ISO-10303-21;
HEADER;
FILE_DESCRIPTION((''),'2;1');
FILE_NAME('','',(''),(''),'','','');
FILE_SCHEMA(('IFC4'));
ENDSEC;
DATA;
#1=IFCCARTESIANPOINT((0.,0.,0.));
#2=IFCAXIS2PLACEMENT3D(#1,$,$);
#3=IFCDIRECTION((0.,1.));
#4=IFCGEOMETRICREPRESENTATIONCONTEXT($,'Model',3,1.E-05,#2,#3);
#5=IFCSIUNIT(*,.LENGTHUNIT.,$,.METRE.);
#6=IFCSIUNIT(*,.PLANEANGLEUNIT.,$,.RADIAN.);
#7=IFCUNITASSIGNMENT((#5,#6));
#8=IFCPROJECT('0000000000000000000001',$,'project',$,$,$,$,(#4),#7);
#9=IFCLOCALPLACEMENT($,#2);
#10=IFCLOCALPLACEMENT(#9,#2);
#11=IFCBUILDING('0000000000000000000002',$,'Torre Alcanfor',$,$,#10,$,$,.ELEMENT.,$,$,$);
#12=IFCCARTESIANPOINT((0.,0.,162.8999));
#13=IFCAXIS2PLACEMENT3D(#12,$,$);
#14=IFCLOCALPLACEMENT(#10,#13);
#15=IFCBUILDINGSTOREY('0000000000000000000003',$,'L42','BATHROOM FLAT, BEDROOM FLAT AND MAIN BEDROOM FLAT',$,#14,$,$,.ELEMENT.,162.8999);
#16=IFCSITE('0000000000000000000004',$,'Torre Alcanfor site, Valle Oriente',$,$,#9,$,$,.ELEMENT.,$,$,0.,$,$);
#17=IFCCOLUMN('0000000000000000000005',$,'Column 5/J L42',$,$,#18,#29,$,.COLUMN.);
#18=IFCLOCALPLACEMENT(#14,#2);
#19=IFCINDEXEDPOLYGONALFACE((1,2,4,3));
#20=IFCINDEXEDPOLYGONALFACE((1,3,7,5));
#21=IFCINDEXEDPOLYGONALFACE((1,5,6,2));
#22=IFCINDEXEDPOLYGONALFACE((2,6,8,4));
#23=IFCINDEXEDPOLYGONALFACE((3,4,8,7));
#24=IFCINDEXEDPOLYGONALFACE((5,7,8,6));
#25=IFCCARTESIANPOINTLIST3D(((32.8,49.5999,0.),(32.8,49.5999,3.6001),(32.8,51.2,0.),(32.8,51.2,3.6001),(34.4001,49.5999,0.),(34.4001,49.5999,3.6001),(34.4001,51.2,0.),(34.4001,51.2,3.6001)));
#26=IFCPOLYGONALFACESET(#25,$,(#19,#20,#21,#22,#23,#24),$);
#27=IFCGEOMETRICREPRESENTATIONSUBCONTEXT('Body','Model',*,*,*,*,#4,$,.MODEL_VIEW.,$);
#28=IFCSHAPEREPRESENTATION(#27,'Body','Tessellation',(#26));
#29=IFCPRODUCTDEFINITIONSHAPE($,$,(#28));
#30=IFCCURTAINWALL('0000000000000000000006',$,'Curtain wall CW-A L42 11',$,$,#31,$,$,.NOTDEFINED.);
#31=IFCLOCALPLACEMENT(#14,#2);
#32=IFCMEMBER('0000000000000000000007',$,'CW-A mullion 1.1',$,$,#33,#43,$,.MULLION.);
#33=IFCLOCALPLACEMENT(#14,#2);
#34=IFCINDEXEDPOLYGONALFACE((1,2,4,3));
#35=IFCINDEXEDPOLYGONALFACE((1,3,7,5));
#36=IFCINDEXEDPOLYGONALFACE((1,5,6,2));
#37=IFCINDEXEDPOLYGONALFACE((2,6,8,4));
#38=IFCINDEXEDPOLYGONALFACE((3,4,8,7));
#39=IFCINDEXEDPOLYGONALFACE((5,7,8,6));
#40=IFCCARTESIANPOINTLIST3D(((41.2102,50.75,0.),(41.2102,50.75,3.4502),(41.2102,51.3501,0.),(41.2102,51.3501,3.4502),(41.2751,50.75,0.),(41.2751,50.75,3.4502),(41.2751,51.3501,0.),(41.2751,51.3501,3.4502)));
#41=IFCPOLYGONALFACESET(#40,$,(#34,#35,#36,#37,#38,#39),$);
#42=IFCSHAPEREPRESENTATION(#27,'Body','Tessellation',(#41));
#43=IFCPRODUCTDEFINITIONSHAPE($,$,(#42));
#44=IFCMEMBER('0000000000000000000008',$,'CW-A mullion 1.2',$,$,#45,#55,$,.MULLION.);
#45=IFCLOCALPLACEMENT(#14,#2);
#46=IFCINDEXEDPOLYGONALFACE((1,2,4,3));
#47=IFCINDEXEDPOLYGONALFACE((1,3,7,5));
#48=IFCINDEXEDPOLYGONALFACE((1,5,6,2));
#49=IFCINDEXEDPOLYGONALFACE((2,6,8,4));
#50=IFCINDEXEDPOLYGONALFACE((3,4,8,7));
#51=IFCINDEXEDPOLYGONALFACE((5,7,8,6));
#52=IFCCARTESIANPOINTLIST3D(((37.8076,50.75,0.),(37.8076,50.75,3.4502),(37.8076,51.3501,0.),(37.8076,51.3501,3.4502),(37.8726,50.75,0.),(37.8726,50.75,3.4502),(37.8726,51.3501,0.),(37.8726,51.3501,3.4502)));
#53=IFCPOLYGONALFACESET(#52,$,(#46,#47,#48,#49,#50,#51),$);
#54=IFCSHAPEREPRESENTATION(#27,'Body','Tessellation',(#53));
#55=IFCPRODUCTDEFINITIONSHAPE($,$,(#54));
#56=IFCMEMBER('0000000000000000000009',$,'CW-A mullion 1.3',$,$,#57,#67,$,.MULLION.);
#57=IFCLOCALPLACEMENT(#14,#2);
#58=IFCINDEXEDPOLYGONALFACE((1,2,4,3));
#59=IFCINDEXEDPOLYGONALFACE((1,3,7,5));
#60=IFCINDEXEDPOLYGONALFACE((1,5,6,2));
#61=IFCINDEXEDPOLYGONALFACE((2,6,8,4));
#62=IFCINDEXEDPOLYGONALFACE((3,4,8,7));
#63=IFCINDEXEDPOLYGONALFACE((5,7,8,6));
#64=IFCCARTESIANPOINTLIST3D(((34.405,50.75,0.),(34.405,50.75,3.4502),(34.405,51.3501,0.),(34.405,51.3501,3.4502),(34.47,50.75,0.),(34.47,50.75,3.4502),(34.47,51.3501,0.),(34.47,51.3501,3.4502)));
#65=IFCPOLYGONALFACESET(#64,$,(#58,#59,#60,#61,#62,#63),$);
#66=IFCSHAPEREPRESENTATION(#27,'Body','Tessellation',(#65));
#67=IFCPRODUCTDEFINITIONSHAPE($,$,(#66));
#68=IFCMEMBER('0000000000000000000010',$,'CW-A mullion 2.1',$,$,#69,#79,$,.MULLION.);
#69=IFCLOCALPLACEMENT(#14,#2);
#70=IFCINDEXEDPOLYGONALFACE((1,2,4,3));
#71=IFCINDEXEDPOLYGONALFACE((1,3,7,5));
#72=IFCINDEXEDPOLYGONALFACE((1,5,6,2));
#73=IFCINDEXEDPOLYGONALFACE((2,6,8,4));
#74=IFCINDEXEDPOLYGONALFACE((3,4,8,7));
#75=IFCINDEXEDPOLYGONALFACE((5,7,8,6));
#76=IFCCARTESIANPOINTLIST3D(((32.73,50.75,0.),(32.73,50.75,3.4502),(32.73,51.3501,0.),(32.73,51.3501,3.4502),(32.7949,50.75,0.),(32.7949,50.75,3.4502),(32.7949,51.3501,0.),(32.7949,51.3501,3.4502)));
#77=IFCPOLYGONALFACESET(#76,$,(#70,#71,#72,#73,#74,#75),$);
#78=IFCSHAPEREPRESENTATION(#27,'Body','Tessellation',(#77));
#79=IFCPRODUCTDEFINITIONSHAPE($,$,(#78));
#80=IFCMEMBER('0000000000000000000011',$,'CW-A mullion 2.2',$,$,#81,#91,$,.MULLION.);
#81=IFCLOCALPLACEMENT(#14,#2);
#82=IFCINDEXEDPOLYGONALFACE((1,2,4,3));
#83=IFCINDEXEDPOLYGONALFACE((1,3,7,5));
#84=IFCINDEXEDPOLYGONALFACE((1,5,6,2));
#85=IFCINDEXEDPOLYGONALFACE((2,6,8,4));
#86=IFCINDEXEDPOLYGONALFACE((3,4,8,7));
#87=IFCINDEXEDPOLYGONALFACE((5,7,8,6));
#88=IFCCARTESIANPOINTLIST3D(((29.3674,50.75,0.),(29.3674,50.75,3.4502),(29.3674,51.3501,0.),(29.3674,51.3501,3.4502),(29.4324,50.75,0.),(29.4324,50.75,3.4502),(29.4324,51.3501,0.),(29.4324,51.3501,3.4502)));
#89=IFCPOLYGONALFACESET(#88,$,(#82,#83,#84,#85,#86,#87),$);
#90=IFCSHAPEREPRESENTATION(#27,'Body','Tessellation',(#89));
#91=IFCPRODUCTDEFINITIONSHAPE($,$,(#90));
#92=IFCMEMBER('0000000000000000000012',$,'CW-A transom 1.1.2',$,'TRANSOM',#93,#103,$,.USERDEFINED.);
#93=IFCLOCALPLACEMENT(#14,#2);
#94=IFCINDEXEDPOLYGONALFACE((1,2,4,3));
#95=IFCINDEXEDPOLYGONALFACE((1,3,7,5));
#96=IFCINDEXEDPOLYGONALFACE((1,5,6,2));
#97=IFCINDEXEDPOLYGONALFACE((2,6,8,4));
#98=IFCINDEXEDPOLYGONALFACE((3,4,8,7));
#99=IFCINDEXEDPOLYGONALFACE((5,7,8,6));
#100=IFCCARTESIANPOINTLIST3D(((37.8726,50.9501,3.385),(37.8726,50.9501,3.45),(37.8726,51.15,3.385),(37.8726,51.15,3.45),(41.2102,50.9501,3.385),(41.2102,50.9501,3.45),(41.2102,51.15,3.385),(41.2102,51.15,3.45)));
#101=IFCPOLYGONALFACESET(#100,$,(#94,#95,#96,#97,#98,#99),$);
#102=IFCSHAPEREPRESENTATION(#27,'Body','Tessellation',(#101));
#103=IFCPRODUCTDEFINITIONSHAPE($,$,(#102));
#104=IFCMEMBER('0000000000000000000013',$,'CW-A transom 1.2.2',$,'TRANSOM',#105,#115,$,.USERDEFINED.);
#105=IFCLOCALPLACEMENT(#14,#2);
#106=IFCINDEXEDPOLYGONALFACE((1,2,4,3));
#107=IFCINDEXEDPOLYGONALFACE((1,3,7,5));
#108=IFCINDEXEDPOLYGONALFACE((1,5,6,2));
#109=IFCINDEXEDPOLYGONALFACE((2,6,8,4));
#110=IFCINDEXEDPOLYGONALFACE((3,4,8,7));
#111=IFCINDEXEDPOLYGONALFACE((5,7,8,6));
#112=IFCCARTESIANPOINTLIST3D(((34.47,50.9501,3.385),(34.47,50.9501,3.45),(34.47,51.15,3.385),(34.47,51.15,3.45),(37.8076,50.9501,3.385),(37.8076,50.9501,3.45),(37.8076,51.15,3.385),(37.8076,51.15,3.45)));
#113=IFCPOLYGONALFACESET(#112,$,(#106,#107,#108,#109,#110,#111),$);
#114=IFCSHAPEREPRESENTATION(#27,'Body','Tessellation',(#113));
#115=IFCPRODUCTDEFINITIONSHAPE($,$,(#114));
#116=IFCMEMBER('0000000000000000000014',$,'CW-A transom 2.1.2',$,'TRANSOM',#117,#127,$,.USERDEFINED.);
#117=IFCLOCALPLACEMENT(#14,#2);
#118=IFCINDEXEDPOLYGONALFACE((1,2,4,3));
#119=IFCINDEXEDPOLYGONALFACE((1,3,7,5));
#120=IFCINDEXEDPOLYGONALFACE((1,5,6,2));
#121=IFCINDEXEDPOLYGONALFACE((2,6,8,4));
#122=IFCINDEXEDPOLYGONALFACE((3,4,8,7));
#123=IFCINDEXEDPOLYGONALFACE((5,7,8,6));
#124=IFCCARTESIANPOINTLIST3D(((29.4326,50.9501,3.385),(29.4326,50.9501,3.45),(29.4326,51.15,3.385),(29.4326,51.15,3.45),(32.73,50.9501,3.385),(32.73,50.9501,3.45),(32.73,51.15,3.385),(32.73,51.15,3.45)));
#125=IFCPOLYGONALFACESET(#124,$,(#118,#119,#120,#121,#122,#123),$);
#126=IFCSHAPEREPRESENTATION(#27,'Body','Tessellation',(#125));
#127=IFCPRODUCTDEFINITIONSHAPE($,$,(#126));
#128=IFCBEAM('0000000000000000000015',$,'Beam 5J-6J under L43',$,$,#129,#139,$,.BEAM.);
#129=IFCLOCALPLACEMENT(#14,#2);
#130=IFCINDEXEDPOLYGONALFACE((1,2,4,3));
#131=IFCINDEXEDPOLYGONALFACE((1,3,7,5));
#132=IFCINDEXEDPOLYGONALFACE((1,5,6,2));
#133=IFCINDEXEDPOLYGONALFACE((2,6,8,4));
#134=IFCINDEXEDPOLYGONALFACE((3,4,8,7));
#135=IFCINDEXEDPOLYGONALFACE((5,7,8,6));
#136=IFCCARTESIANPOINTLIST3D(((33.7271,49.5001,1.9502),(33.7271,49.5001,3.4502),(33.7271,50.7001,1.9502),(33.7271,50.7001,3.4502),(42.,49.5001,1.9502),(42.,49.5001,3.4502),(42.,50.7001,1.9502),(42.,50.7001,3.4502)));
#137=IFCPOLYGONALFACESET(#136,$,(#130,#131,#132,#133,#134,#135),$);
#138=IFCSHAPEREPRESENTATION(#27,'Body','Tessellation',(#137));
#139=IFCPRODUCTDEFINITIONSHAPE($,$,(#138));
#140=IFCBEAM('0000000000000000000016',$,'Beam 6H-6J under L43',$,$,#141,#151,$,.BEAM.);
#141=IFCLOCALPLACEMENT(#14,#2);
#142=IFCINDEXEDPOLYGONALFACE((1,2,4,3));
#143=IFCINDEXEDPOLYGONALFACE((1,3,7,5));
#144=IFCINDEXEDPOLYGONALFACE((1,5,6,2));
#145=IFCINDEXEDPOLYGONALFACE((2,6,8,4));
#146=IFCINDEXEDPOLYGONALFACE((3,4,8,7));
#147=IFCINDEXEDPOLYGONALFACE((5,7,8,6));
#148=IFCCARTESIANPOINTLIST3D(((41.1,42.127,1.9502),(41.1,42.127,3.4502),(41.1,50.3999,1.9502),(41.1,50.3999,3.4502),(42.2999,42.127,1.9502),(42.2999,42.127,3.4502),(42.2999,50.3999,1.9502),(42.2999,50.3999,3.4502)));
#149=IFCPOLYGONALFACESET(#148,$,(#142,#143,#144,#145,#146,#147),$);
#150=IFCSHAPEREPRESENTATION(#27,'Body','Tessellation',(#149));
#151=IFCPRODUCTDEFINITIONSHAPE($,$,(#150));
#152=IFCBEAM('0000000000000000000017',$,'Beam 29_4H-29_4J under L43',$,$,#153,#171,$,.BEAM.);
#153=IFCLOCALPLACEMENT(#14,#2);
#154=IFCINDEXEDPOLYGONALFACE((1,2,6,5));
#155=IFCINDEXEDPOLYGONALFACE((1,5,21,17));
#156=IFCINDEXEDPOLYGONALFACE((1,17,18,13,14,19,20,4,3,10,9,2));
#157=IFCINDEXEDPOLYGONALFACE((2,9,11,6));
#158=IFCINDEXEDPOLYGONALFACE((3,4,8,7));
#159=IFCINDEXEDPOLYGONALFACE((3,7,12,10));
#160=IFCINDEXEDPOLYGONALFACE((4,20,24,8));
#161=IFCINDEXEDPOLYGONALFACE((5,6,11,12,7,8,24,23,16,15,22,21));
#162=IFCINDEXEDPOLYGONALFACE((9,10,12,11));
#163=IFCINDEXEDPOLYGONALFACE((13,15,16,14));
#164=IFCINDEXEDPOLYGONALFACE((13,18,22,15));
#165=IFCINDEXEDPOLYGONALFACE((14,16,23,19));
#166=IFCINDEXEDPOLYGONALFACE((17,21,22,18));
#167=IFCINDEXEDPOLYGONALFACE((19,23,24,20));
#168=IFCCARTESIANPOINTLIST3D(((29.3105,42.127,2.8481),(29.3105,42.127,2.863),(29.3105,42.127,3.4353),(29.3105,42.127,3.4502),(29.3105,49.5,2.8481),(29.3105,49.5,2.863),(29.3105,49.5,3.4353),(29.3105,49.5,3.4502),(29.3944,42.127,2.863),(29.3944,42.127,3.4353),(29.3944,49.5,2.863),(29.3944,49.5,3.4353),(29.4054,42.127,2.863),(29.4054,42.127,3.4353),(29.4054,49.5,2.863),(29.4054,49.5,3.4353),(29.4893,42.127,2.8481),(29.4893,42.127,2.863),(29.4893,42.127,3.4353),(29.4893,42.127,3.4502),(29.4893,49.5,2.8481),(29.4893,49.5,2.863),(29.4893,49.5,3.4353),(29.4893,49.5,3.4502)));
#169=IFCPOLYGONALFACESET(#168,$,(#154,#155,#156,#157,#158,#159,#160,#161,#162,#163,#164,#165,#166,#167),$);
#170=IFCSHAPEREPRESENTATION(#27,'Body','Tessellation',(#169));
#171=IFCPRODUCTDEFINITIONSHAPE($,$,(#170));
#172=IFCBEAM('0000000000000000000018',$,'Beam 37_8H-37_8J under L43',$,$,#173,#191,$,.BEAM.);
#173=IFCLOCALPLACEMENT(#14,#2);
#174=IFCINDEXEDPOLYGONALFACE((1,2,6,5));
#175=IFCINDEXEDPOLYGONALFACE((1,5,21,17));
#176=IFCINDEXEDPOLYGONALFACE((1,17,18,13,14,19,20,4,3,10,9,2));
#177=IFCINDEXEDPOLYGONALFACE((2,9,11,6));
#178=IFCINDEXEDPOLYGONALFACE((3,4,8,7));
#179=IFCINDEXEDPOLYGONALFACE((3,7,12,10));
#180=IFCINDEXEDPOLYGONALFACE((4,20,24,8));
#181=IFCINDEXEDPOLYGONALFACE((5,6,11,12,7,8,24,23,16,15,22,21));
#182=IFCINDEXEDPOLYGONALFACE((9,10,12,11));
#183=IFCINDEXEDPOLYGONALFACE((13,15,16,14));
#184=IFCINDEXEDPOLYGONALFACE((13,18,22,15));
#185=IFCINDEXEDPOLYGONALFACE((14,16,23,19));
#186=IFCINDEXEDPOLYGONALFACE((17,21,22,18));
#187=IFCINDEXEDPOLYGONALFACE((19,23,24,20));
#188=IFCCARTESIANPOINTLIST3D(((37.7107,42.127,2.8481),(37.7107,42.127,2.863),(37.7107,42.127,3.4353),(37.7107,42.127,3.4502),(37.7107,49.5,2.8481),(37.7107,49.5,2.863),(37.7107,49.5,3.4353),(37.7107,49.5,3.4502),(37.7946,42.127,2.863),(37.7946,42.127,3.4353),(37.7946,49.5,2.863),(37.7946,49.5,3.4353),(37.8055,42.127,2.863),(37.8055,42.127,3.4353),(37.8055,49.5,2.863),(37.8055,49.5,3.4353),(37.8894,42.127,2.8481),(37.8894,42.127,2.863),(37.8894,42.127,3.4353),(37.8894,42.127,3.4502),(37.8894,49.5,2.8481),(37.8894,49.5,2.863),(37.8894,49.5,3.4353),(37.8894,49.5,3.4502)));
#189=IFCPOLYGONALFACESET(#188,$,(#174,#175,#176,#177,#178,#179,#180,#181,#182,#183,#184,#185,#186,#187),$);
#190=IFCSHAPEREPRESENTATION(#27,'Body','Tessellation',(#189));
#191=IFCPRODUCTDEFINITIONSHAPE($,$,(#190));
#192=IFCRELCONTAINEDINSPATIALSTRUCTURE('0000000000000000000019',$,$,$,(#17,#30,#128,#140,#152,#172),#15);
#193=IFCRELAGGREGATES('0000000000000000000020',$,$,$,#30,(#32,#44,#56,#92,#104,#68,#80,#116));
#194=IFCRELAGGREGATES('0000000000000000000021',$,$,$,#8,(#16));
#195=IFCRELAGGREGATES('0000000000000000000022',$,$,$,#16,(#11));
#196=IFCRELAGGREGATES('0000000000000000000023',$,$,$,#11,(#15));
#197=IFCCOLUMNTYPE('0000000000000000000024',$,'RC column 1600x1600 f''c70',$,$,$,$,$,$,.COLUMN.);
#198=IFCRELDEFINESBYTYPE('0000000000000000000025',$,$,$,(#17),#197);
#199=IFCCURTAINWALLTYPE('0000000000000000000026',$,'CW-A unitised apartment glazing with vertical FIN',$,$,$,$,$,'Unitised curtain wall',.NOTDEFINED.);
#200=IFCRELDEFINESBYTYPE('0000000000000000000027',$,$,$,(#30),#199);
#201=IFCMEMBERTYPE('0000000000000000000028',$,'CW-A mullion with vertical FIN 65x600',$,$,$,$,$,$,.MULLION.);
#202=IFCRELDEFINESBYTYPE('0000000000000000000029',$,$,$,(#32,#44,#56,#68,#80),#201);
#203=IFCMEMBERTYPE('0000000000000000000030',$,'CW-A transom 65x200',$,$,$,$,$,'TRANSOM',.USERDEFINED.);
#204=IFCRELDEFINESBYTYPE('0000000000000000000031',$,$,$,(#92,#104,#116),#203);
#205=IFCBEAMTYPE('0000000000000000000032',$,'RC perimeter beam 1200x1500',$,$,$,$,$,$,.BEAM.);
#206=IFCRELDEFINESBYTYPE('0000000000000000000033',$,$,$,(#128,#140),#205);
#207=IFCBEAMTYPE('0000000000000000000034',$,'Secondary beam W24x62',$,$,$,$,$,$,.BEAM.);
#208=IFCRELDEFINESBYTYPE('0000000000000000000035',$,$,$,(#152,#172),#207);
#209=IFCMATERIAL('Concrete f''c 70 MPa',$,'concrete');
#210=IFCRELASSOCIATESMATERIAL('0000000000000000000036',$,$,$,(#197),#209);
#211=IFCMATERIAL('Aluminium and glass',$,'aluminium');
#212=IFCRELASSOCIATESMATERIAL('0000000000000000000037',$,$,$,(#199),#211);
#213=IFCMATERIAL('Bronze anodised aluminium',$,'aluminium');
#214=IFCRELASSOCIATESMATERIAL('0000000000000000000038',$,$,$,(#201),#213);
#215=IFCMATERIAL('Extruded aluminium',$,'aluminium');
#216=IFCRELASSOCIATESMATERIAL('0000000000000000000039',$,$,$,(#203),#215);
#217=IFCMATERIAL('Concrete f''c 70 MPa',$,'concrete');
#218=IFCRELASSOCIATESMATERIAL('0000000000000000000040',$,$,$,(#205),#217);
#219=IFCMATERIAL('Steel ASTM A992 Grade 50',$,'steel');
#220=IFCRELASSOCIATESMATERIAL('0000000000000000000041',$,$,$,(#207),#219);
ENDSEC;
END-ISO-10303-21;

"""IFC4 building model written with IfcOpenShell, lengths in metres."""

from ifc_helpers import new_model, si_unit, direction, frame, origin, origin_2d, place, context, subcontext, project, spatial, rectangle, i_section, extrude, material, material_profile, profile_set, type_object, element, aggregate, save


model = new_model("IFC4")

# Units and contexts
model_context = context("Model", 3, precision=1e-05, world=origin(), true_north=direction((0.0, 1.0)))
body_context = subcontext(model_context, "Body", "Model", "MODEL_VIEW")
ifc_project = project(units=[si_unit("LENGTHUNIT", "METRE"), si_unit("PLANEANGLEUNIT", "RADIAN")], contexts=[model_context])

# Site, building, storey
site_placement = place(None, origin())
site = spatial("IfcSite", under=ifc_project, at=site_placement, Name="Torre Alcanfor site, Valle Oriente", CompositionType="ELEMENT", RefElevation=0.0)
building_placement = place(site_placement, origin())
building = spatial("IfcBuilding", under=site, at=building_placement, Name="Torre Alcanfor", CompositionType="ELEMENT")
storey_placement = place(building_placement, frame((0.0, 0.0, 162.8999)))
storey = spatial("IfcBuildingStorey", under=building, at=storey_placement, Name="L42", Description="BATHROOM FLAT, BEDROOM FLAT AND MAIN BEDROOM FLAT", CompositionType="ELEMENT", Elevation=162.8999)

# Column
ifc_material_1 = material(Name="Concrete f'c 70 MPa", Category="concrete")
ifc_material_profile_1 = material_profile(ifc_material_1, rectangle(XDim=1.6001, YDim=1.6001, at=origin_2d()), Name="1600x1600")
ifc_profile_set_1 = profile_set([ifc_material_profile_1], Name="Concrete f'c 70 MPa")
column_type = type_object("IfcColumnType", Name="RC column 1600x1600 f'c70", PredefinedType="COLUMN", material=ifc_profile_set_1)
column_placement = place(storey_placement, frame((33.6001, 50.3999, 0.0), z_axis=(0.0, 0.0, 1.0), x_axis=(1.0, 0.0, 0.0)))
element("IfcColumn", 1, at=column_placement, inside=storey, type_object=column_type, Name="Column 5/J L42", PredefinedType="COLUMN", context=body_context, shape_type="SweptSolid", body=[
    extrude(rectangle(XDim=1.6001, YDim=1.6001, at=origin_2d()), origin(), (0.0, 0.0, 1.0), 3.6001),
])

# Curtain wall, members
ifc_material_2 = material(Name="Aluminium and glass", Category="aluminium")
curtain_wall_type = type_object("IfcCurtainWallType", Name="CW-A unitised apartment glazing with vertical FIN", ElementType="Unitised curtain wall", PredefinedType="NOTDEFINED", material=ifc_material_2)
curtain_wall_placement = place(storey_placement, origin())
curtain_wall = element("IfcCurtainWall", 2, at=curtain_wall_placement, inside=storey, type_object=curtain_wall_type, Name="Curtain wall CW-A L42 11", PredefinedType="NOTDEFINED")
ifc_material_3 = material(Name="Bronze anodised aluminium", Category="aluminium")
ifc_material_profile_2 = material_profile(ifc_material_3, rectangle(XDim=0.6001, YDim=0.0649, at=origin_2d()), Name="CW-A mullion 65x600")
ifc_profile_set_2 = profile_set([ifc_material_profile_2], Name="Bronze anodised aluminium")
member_type_1 = type_object("IfcMemberType", Name="CW-A mullion with vertical FIN 65x600", PredefinedType="MULLION", material=ifc_profile_set_2)
member_1_placement = place(storey_placement, frame((41.2427, 51.05, 0.0), z_axis=(0.0, 0.0, 1.0), x_axis=(0.0, -1.0, 0.0)))
member_1 = element("IfcMember", 3, at=member_1_placement, type_object=member_type_1, Name="CW-A mullion 1.1", PredefinedType="MULLION", context=body_context, shape_type="SweptSolid", body=[
    extrude(rectangle(XDim=0.6001, YDim=0.0649, at=origin_2d()), origin(), (0.0, 0.0, 1.0), 3.4502),
])
member_2_placement = place(storey_placement, frame((37.8401, 51.05, 0.0), z_axis=(0.0, 0.0, 1.0), x_axis=(0.0, -1.0, 0.0)))
member_2 = element("IfcMember", 4, at=member_2_placement, type_object=member_type_1, Name="CW-A mullion 1.2", PredefinedType="MULLION", context=body_context, shape_type="SweptSolid", body=[
    extrude(rectangle(XDim=0.6001, YDim=0.0649, at=origin_2d()), origin(), (0.0, 0.0, 1.0), 3.4502),
])
member_3_placement = place(storey_placement, frame((34.4375, 51.05, 0.0), z_axis=(0.0, 0.0, 1.0), x_axis=(0.0, -1.0, 0.0)))
member_3 = element("IfcMember", 5, at=member_3_placement, type_object=member_type_1, Name="CW-A mullion 1.3", PredefinedType="MULLION", context=body_context, shape_type="SweptSolid", body=[
    extrude(rectangle(XDim=0.6001, YDim=0.0649, at=origin_2d()), origin(), (0.0, 0.0, 1.0), 3.4502),
])
member_4_placement = place(storey_placement, frame((32.7625, 51.05, 0.0), z_axis=(0.0, 0.0, 1.0), x_axis=(0.0, -1.0, 0.0)))
member_4 = element("IfcMember", 6, at=member_4_placement, type_object=member_type_1, Name="CW-A mullion 2.1", PredefinedType="MULLION", context=body_context, shape_type="SweptSolid", body=[
    extrude(rectangle(XDim=0.6001, YDim=0.0649, at=origin_2d()), origin(), (0.0, 0.0, 1.0), 3.4502),
])
member_5_placement = place(storey_placement, frame((29.3999, 51.05, 0.0), z_axis=(0.0, 0.0, 1.0), x_axis=(0.0, -1.0, 0.0)))
member_5 = element("IfcMember", 7, at=member_5_placement, type_object=member_type_1, Name="CW-A mullion 2.2", PredefinedType="MULLION", context=body_context, shape_type="SweptSolid", body=[
    extrude(rectangle(XDim=0.6001, YDim=0.0649, at=origin_2d()), origin(), (0.0, 0.0, 1.0), 3.4502),
])
ifc_material_4 = material(Name="Extruded aluminium", Category="aluminium")
ifc_material_profile_3 = material_profile(ifc_material_4, rectangle(XDim=0.2, YDim=0.0649, at=origin_2d()), Name="CW-A transom 200x65")
ifc_profile_set_3 = profile_set([ifc_material_profile_3], Name="Extruded aluminium")
member_type_2 = type_object("IfcMemberType", Name="CW-A transom 65x200", ElementType="TRANSOM", PredefinedType="USERDEFINED", material=ifc_profile_set_3)
member_6_placement = place(storey_placement, frame((41.2102, 51.05, 3.4175), z_axis=(-1.0, 0.0, 0.0), x_axis=(0.0, -1.0, 0.0)))
member_6 = element("IfcMember", 8, at=member_6_placement, type_object=member_type_2, Name="CW-A transom 1.1.2", ObjectType="TRANSOM", PredefinedType="USERDEFINED", context=body_context, shape_type="SweptSolid", body=[
    extrude(rectangle(XDim=0.2, YDim=0.0649, at=origin_2d()), origin(), (0.0, 0.0, 1.0), 3.3376),
])
member_7_placement = place(storey_placement, frame((37.8076, 51.05, 3.4175), z_axis=(-1.0, 0.0, 0.0), x_axis=(0.0, -1.0, 0.0)))
member_7 = element("IfcMember", 9, at=member_7_placement, type_object=member_type_2, Name="CW-A transom 1.2.2", ObjectType="TRANSOM", PredefinedType="USERDEFINED", context=body_context, shape_type="SweptSolid", body=[
    extrude(rectangle(XDim=0.2, YDim=0.0649, at=origin_2d()), origin(), (0.0, 0.0, 1.0), 3.3376),
])
member_8_placement = place(storey_placement, frame((32.73, 51.05, 3.4175), z_axis=(-1.0, 0.0, 0.0), x_axis=(0.0, -1.0, 0.0)))
member_8 = element("IfcMember", 10, at=member_8_placement, type_object=member_type_2, Name="CW-A transom 2.1.2", ObjectType="TRANSOM", PredefinedType="USERDEFINED", context=body_context, shape_type="SweptSolid", body=[
    extrude(rectangle(XDim=0.2, YDim=0.0649, at=origin_2d()), origin(), (0.0, 0.0, 1.0), 3.2974),
])

# Beams
ifc_material_5 = material(Name="Concrete f'c 70 MPa", Category="concrete")
ifc_material_profile_4 = material_profile(ifc_material_5, rectangle(XDim=1.2, YDim=1.5, at=origin_2d()), Name="1200x1500")
ifc_profile_set_4 = profile_set([ifc_material_profile_4], Name="Concrete f'c 70 MPa")
beam_type_1 = type_object("IfcBeamType", Name="RC perimeter beam 1200x1500", PredefinedType="BEAM", material=ifc_profile_set_4)
for number, where, z_axis, x_axis, name in (
    (11, (33.7271, 50.1001, 2.7002), (1.0, 0.0, 0.0), (0.0, 1.0, 0.0), "Beam 5J-6J under L43"),
    (12, (41.7, 42.127, 2.7002), (0.0, 1.0, 0.0), (-1.0, 0.0, 0.0), "Beam 6H-6J under L43"),
):
    element("IfcBeam", number, at=place(storey_placement, frame(where, z_axis=z_axis, x_axis=x_axis)), inside=storey, type_object=beam_type_1, Name=name, PredefinedType="BEAM", context=body_context, shape_type="SweptSolid", body=[
        extrude(rectangle(XDim=1.2, YDim=1.5, at=origin_2d()), origin(), (0.0, 0.0, 1.0), 8.2729),
    ])
ifc_material_6 = material(Name="Steel ASTM A992 Grade 50", Category="steel")
ifc_material_profile_5 = material_profile(ifc_material_6, i_section(OverallWidth=0.1787, OverallDepth=0.6021, WebThickness=0.011, FlangeThickness=0.0149, at=origin_2d()), Name="W24x62")
ifc_profile_set_5 = profile_set([ifc_material_profile_5], Name="Steel ASTM A992 Grade 50")
beam_type_2 = type_object("IfcBeamType", Name="Secondary beam W24x62", PredefinedType="BEAM", material=ifc_profile_set_5)
for number, where, z_axis, x_axis, name in (
    (13, (29.3999, 42.127, 3.1492), (0.0, 1.0, 0.0), (-1.0, 0.0, 0.0), "Beam 29_4H-29_4J under L43"),
    (14, (37.8, 42.127, 3.1492), (0.0, 1.0, 0.0), (-1.0, 0.0, 0.0), "Beam 37_8H-37_8J under L43"),
):
    element("IfcBeam", number, at=place(storey_placement, frame(where, z_axis=z_axis, x_axis=x_axis)), inside=storey, type_object=beam_type_2, Name=name, PredefinedType="BEAM", context=body_context, shape_type="SweptSolid", body=[
        extrude(i_section(OverallWidth=0.1787, OverallDepth=0.6021, WebThickness=0.011, FlangeThickness=0.0149, at=origin_2d()), origin(), (0.0, 0.0, 1.0), 7.373),
    ])

aggregate(curtain_wall, [member_1, member_2, member_3, member_6, member_7, member_4, member_5, member_8])

save(model, "model.ifc")
